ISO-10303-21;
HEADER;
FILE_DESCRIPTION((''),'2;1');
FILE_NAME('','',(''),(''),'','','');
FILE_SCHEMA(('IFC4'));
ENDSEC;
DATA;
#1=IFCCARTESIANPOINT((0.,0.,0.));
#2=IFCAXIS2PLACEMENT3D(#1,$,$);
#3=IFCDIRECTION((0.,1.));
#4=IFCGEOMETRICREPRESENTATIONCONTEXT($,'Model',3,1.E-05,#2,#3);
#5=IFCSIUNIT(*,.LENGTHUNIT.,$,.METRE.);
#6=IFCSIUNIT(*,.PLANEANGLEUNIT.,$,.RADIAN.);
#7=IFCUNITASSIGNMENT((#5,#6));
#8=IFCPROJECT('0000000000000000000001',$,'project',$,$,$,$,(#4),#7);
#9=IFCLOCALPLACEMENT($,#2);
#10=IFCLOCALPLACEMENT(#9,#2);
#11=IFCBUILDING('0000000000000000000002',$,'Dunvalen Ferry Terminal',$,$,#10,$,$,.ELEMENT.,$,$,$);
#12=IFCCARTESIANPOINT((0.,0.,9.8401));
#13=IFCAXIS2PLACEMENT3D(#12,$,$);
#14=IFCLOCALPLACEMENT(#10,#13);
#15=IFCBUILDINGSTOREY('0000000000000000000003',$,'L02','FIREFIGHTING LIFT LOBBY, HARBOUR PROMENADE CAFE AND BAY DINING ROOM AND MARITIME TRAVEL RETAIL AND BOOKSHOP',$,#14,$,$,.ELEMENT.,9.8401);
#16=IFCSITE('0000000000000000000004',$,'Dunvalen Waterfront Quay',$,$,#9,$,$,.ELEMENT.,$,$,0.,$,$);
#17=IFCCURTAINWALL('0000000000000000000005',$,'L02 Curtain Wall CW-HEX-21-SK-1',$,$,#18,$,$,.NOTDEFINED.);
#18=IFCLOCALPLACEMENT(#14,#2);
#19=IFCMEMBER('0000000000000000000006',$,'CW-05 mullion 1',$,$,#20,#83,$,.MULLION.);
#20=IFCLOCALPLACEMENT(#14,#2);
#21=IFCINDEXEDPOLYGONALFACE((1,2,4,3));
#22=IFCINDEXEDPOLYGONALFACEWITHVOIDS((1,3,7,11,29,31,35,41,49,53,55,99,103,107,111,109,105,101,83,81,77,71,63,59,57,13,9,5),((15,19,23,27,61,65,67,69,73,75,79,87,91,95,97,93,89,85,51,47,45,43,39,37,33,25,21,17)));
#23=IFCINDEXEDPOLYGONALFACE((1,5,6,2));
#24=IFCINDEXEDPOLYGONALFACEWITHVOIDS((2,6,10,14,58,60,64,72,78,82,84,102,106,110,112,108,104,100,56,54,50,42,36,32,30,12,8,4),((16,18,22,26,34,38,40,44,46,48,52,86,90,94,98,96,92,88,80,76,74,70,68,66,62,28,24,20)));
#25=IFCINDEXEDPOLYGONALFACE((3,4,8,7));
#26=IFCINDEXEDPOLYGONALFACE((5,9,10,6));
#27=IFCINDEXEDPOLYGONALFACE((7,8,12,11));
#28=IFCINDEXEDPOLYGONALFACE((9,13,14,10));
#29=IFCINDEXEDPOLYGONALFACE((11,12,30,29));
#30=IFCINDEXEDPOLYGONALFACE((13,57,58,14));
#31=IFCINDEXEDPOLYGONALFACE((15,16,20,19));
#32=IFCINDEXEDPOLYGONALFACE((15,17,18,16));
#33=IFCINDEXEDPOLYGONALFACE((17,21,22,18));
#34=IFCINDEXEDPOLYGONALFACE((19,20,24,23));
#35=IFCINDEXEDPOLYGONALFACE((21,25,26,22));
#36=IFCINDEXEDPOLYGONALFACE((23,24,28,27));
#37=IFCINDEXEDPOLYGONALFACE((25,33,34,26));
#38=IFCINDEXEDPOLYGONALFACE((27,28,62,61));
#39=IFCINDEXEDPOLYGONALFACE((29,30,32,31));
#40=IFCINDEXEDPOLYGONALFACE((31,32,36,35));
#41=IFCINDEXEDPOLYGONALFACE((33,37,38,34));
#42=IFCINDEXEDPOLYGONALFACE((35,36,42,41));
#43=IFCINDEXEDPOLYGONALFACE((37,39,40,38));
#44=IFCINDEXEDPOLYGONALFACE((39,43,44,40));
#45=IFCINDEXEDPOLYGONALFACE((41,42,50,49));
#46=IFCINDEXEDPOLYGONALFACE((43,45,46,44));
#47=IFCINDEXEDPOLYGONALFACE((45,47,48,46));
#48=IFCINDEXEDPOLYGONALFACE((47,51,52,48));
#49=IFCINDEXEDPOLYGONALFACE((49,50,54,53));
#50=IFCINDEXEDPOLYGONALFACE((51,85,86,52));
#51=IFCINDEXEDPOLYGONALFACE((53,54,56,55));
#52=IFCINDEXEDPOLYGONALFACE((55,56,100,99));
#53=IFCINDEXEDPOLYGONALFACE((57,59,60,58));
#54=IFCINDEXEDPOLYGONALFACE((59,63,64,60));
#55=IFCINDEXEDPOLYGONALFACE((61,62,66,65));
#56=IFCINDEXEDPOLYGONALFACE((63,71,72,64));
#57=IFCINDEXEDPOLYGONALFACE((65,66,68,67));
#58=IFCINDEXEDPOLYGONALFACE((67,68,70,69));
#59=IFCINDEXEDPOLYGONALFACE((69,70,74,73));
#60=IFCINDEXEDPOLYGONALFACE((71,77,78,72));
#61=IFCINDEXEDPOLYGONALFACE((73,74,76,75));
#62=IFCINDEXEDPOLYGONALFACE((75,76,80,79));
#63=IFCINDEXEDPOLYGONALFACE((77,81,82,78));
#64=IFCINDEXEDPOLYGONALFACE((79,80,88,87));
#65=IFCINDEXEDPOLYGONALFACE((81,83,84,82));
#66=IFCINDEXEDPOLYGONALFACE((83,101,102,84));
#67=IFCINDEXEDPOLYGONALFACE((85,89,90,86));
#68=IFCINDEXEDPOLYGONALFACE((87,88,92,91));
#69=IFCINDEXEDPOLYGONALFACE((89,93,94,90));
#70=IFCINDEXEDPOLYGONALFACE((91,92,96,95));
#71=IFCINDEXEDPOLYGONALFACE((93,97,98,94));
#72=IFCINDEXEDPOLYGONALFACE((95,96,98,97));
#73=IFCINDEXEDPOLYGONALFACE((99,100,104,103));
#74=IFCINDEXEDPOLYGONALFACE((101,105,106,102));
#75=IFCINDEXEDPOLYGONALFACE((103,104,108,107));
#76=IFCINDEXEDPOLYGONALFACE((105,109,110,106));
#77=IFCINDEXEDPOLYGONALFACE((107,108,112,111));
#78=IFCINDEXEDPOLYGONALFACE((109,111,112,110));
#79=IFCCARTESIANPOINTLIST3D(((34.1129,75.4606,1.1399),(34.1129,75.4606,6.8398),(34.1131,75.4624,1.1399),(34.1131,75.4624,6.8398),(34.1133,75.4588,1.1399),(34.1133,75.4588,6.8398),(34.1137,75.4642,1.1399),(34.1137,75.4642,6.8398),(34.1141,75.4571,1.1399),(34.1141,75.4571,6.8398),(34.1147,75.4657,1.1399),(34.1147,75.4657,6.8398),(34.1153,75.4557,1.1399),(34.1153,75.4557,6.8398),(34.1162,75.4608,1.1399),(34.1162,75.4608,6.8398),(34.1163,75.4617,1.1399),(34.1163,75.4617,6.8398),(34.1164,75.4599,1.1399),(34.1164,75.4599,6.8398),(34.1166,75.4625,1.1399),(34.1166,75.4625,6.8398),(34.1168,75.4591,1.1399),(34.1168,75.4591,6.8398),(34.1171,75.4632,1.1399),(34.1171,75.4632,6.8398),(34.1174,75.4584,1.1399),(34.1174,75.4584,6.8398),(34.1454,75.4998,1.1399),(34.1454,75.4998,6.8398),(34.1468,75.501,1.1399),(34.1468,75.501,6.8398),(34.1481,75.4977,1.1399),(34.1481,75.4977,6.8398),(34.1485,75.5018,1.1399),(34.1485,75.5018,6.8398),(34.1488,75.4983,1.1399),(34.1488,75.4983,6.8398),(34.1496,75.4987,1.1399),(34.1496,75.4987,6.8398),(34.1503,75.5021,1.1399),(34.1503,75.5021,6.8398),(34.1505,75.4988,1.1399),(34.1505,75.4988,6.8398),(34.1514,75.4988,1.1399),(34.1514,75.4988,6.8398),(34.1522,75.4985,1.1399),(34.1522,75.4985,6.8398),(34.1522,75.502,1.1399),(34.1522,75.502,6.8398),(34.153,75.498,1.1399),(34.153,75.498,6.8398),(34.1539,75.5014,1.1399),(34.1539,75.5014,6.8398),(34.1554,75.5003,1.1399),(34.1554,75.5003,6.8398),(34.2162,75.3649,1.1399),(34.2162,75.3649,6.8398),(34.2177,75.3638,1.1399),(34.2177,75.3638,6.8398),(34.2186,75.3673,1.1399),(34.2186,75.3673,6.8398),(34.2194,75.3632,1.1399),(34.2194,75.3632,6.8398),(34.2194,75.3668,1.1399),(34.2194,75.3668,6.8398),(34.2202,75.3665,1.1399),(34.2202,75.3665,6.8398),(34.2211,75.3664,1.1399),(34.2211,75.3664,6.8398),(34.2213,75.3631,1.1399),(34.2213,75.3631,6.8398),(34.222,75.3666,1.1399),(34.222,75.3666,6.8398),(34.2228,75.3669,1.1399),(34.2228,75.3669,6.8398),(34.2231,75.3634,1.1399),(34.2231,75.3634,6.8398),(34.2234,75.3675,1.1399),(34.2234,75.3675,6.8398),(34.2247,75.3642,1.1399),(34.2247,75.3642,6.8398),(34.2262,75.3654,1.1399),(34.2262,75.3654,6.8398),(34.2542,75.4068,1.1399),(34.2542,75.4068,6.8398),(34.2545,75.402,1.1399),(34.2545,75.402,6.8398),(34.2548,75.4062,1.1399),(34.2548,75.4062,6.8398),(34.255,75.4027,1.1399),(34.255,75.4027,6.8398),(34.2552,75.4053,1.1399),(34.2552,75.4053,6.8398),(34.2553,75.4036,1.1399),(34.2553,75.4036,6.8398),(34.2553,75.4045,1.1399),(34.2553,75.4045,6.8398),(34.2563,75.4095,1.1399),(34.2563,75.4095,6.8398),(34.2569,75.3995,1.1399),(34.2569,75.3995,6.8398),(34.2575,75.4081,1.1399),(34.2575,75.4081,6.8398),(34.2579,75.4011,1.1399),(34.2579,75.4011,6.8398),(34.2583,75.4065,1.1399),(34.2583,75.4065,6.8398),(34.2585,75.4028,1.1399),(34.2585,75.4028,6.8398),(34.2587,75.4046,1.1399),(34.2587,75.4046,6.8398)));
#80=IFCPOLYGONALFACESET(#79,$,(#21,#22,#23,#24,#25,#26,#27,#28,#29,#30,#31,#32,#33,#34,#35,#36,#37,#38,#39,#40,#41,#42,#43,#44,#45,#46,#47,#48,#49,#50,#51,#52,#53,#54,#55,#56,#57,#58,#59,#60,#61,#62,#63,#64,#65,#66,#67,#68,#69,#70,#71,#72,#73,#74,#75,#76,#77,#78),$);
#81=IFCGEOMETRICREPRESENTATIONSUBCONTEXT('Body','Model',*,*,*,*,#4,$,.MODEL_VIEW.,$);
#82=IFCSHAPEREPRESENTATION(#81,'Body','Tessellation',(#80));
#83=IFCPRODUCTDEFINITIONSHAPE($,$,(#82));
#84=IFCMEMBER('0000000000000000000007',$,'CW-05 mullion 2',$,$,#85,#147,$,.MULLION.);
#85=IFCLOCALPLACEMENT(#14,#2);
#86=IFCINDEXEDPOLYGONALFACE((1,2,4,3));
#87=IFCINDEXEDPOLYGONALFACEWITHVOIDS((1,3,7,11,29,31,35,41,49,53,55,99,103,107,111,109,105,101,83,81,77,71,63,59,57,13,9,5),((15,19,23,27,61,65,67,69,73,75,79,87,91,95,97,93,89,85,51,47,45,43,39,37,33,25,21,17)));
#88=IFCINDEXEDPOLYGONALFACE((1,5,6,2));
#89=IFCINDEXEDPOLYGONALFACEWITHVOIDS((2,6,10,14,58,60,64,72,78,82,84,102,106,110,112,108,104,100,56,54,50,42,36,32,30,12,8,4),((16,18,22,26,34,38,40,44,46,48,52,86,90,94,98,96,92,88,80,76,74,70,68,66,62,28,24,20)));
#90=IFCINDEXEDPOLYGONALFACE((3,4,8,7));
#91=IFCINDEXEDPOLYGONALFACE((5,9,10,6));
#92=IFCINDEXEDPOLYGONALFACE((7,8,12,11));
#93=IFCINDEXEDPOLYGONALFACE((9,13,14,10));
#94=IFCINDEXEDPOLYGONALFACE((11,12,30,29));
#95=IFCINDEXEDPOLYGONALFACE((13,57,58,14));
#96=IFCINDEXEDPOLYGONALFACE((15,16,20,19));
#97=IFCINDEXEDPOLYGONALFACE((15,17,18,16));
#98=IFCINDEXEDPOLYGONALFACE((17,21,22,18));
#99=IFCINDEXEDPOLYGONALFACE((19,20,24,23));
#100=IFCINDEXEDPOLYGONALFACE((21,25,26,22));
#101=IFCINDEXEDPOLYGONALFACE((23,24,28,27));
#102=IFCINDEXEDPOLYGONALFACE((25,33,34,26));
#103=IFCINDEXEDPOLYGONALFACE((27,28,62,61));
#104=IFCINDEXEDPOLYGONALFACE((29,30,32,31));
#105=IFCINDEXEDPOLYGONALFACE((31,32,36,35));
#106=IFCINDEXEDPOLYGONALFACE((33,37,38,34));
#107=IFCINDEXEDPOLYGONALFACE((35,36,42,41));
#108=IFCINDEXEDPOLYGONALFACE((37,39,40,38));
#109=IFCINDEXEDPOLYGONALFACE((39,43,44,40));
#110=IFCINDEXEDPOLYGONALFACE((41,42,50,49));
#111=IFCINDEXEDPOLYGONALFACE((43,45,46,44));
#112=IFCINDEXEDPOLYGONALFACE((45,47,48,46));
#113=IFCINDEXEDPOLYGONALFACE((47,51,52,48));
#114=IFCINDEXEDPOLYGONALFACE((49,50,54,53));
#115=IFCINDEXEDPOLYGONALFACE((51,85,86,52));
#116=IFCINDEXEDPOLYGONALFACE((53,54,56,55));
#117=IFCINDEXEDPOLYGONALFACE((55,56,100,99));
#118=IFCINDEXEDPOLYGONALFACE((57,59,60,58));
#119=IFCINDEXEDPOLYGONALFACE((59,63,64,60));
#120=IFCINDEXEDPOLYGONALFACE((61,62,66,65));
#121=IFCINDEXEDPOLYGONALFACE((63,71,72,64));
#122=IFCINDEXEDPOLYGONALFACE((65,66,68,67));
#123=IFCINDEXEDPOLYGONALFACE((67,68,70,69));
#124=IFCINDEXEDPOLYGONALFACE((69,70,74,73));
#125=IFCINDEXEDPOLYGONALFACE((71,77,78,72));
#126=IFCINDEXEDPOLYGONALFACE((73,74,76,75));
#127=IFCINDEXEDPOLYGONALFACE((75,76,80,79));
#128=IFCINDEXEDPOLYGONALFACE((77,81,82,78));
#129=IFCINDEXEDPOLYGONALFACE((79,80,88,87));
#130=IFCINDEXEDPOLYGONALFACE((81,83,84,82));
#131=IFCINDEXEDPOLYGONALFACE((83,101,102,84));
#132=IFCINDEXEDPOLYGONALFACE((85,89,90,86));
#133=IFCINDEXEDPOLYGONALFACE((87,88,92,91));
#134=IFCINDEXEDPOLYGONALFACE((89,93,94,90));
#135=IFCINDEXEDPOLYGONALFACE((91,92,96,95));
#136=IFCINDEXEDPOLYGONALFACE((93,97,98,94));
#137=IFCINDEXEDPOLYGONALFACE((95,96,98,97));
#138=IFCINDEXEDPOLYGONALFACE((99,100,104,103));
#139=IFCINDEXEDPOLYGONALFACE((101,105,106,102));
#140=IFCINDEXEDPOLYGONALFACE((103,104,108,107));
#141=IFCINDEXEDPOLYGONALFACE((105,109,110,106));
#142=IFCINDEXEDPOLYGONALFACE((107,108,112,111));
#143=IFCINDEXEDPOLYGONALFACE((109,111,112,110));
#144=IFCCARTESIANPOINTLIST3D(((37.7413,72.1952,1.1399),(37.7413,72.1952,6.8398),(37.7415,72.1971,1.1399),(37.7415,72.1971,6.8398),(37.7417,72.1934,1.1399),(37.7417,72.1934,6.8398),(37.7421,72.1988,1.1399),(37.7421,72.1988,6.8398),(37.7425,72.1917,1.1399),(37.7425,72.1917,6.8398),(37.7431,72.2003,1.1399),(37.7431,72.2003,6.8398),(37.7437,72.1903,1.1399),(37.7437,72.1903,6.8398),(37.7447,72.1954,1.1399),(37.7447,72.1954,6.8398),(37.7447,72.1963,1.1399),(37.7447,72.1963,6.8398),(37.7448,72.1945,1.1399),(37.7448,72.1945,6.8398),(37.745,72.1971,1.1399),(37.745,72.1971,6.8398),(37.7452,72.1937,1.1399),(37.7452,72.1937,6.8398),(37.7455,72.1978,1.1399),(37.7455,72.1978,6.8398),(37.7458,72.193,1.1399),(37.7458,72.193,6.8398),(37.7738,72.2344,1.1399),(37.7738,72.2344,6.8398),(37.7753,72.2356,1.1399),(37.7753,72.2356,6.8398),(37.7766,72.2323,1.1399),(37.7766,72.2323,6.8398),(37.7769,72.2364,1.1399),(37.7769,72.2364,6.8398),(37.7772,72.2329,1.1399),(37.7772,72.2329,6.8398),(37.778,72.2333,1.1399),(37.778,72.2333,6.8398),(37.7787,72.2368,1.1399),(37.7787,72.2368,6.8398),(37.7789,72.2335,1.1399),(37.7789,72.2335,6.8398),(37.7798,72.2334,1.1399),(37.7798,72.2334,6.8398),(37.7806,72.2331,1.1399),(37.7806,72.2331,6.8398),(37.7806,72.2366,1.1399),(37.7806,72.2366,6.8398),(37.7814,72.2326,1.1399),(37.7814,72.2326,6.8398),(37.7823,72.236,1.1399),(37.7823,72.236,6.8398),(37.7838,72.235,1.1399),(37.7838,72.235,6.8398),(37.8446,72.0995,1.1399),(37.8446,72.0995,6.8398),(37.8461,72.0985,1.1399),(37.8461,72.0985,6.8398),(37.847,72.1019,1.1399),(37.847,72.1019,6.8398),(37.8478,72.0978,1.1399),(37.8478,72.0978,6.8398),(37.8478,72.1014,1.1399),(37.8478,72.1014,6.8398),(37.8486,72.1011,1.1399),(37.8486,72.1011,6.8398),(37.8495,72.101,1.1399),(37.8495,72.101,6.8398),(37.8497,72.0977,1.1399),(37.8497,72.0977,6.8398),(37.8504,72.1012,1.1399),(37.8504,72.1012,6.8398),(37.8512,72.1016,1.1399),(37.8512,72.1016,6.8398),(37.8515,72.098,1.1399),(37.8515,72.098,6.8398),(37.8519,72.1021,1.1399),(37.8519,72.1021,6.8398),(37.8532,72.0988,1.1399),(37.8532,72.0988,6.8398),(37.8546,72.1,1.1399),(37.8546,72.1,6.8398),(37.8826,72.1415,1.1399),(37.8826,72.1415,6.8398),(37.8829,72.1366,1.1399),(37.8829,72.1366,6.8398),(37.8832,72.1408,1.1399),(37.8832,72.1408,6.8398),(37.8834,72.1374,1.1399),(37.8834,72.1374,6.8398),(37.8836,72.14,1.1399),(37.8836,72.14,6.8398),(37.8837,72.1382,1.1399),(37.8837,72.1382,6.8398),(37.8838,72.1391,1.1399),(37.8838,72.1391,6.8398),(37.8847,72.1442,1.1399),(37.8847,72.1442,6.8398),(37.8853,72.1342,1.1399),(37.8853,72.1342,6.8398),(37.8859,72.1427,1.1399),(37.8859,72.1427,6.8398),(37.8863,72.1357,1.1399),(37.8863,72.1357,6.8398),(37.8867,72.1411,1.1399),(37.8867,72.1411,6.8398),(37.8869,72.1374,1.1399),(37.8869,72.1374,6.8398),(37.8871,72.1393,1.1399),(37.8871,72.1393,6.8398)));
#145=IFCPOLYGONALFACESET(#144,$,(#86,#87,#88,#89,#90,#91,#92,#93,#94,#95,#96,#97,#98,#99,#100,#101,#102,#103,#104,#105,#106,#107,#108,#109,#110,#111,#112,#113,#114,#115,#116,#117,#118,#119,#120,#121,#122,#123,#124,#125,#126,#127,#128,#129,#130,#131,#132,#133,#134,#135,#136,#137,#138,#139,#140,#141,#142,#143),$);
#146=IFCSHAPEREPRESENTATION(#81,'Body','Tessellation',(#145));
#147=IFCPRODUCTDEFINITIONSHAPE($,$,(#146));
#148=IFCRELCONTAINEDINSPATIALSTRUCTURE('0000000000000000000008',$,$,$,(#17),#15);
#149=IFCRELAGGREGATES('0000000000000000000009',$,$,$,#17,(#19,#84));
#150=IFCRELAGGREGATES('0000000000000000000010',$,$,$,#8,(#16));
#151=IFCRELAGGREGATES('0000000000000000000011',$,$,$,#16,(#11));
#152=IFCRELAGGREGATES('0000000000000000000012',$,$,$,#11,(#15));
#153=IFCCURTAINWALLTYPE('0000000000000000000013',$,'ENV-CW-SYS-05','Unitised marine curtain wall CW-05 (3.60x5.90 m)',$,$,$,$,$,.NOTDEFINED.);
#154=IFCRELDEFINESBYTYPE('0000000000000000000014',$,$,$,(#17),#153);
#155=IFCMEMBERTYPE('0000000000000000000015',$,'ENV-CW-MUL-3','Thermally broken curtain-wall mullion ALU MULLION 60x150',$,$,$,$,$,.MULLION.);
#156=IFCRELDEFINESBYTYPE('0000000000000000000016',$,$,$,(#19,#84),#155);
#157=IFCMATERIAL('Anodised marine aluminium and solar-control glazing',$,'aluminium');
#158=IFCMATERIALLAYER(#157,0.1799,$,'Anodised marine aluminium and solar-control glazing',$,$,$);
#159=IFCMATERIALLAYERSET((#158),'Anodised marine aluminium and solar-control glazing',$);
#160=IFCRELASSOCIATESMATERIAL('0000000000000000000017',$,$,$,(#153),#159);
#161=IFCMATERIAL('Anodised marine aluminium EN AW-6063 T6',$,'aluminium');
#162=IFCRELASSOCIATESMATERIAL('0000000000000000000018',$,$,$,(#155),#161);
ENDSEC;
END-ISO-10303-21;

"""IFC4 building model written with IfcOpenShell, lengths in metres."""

from ifc_helpers import new_model, si_unit, direction, frame, origin, origin_2d, place, context, subcontext, project, spatial, hollow_rectangle, extrude, material, layer, layer_set, material_profile, profile_set, type_object, element, aggregate, save


model = new_model("IFC4")

# Units and contexts
model_context = context("Model", 3, precision=1e-05, world=origin(), true_north=direction((0.0, 1.0)))
body_context = subcontext(model_context, "Body", "Model", "MODEL_VIEW")
ifc_project = project(units=[si_unit("LENGTHUNIT", "METRE"), si_unit("PLANEANGLEUNIT", "RADIAN")], contexts=[model_context])

# Site, building, storey
site_placement = place(None, origin())
site = spatial("IfcSite", under=ifc_project, at=site_placement, Name="Dunvalen Waterfront Quay", CompositionType="ELEMENT", RefElevation=0.0)
building_placement = place(site_placement, origin())
building = spatial("IfcBuilding", under=site, at=building_placement, Name="Dunvalen Ferry Terminal", CompositionType="ELEMENT")
storey_placement = place(building_placement, frame((0.0, 0.0, 9.8401)))
storey = spatial("IfcBuildingStorey", under=building, at=storey_placement, Name="L02", Description="FIREFIGHTING LIFT LOBBY, HARBOUR PROMENADE CAFE AND BAY DINING ROOM AND MARITIME TRAVEL RETAIL AND BOOKSHOP", CompositionType="ELEMENT", Elevation=9.8401)

# Curtain wall, members
ifc_material_1 = material(Name="Anodised marine aluminium and solar-control glazing", Category="aluminium")
ifc_layer_1 = layer(ifc_material_1, 0.1799, Name="Anodised marine aluminium and solar-control glazing")
ifc_layer_set_1 = layer_set([ifc_layer_1], Name="Anodised marine aluminium and solar-control glazing")
curtain_wall_type = type_object("IfcCurtainWallType", Name="ENV-CW-SYS-05", Description="Unitised marine curtain wall CW-05 (3.60x5.90 m)", PredefinedType="NOTDEFINED", material=ifc_layer_set_1)
curtain_wall_placement = place(storey_placement, origin())
curtain_wall = element("IfcCurtainWall", 1, at=curtain_wall_placement, inside=storey, type_object=curtain_wall_type, Name="L02 Curtain Wall CW-HEX-21-SK-1", PredefinedType="NOTDEFINED")
ifc_material_2 = material(Name="Anodised marine aluminium EN AW-6063 T6", Category="aluminium")
ifc_material_profile_1 = material_profile(ifc_material_2, hollow_rectangle(XDim=0.0601, YDim=0.1499, WallThickness=0.0034, InnerFilletRadius=0.0034, OuterFilletRadius=0.0071, at=origin_2d()), Name="Anodised marine aluminium EN AW-6063 T6")
ifc_profile_set_1 = profile_set([ifc_material_profile_1], Name="Anodised marine aluminium EN AW-6063 T6")
member_type_1 = type_object("IfcMemberType", Name="ENV-CW-MUL-3", Description="Thermally broken curtain-wall mullion ALU MULLION 60x150", PredefinedType="MULLION", material=ifc_profile_set_1)
member_1_placement = place(storey_placement, frame((34.1858, 75.4326, 1.1399), z_axis=(0.0, 0.0, 1.0), x_axis=(0.668954, 0.743304, 0.0)))
member_1 = element("IfcMember", 2, at=member_1_placement, type_object=member_type_1, Name="CW-05 mullion 1", PredefinedType="MULLION", context=body_context, shape_type="SweptSolid", body=[
    extrude(hollow_rectangle(XDim=0.0601, YDim=0.1499, WallThickness=0.0034, InnerFilletRadius=0.0034, OuterFilletRadius=0.0071, at=origin_2d()), origin(), (0.0, 0.0, 1.0), 5.7),
])
member_2_placement = place(storey_placement, frame((37.8142, 72.1672, 1.1399), z_axis=(0.0, 0.0, 1.0), x_axis=(0.668954, 0.743304, 0.0)))
member_2 = element("IfcMember", 3, at=member_2_placement, type_object=member_type_1, Name="CW-05 mullion 2", PredefinedType="MULLION", context=body_context, shape_type="SweptSolid", body=[
    extrude(hollow_rectangle(XDim=0.0601, YDim=0.1499, WallThickness=0.0034, InnerFilletRadius=0.0034, OuterFilletRadius=0.0071, at=origin_2d()), origin(), (0.0, 0.0, 1.0), 5.7),
])

aggregate(curtain_wall, [member_1, member_2])

save(model, "model.ifc")
